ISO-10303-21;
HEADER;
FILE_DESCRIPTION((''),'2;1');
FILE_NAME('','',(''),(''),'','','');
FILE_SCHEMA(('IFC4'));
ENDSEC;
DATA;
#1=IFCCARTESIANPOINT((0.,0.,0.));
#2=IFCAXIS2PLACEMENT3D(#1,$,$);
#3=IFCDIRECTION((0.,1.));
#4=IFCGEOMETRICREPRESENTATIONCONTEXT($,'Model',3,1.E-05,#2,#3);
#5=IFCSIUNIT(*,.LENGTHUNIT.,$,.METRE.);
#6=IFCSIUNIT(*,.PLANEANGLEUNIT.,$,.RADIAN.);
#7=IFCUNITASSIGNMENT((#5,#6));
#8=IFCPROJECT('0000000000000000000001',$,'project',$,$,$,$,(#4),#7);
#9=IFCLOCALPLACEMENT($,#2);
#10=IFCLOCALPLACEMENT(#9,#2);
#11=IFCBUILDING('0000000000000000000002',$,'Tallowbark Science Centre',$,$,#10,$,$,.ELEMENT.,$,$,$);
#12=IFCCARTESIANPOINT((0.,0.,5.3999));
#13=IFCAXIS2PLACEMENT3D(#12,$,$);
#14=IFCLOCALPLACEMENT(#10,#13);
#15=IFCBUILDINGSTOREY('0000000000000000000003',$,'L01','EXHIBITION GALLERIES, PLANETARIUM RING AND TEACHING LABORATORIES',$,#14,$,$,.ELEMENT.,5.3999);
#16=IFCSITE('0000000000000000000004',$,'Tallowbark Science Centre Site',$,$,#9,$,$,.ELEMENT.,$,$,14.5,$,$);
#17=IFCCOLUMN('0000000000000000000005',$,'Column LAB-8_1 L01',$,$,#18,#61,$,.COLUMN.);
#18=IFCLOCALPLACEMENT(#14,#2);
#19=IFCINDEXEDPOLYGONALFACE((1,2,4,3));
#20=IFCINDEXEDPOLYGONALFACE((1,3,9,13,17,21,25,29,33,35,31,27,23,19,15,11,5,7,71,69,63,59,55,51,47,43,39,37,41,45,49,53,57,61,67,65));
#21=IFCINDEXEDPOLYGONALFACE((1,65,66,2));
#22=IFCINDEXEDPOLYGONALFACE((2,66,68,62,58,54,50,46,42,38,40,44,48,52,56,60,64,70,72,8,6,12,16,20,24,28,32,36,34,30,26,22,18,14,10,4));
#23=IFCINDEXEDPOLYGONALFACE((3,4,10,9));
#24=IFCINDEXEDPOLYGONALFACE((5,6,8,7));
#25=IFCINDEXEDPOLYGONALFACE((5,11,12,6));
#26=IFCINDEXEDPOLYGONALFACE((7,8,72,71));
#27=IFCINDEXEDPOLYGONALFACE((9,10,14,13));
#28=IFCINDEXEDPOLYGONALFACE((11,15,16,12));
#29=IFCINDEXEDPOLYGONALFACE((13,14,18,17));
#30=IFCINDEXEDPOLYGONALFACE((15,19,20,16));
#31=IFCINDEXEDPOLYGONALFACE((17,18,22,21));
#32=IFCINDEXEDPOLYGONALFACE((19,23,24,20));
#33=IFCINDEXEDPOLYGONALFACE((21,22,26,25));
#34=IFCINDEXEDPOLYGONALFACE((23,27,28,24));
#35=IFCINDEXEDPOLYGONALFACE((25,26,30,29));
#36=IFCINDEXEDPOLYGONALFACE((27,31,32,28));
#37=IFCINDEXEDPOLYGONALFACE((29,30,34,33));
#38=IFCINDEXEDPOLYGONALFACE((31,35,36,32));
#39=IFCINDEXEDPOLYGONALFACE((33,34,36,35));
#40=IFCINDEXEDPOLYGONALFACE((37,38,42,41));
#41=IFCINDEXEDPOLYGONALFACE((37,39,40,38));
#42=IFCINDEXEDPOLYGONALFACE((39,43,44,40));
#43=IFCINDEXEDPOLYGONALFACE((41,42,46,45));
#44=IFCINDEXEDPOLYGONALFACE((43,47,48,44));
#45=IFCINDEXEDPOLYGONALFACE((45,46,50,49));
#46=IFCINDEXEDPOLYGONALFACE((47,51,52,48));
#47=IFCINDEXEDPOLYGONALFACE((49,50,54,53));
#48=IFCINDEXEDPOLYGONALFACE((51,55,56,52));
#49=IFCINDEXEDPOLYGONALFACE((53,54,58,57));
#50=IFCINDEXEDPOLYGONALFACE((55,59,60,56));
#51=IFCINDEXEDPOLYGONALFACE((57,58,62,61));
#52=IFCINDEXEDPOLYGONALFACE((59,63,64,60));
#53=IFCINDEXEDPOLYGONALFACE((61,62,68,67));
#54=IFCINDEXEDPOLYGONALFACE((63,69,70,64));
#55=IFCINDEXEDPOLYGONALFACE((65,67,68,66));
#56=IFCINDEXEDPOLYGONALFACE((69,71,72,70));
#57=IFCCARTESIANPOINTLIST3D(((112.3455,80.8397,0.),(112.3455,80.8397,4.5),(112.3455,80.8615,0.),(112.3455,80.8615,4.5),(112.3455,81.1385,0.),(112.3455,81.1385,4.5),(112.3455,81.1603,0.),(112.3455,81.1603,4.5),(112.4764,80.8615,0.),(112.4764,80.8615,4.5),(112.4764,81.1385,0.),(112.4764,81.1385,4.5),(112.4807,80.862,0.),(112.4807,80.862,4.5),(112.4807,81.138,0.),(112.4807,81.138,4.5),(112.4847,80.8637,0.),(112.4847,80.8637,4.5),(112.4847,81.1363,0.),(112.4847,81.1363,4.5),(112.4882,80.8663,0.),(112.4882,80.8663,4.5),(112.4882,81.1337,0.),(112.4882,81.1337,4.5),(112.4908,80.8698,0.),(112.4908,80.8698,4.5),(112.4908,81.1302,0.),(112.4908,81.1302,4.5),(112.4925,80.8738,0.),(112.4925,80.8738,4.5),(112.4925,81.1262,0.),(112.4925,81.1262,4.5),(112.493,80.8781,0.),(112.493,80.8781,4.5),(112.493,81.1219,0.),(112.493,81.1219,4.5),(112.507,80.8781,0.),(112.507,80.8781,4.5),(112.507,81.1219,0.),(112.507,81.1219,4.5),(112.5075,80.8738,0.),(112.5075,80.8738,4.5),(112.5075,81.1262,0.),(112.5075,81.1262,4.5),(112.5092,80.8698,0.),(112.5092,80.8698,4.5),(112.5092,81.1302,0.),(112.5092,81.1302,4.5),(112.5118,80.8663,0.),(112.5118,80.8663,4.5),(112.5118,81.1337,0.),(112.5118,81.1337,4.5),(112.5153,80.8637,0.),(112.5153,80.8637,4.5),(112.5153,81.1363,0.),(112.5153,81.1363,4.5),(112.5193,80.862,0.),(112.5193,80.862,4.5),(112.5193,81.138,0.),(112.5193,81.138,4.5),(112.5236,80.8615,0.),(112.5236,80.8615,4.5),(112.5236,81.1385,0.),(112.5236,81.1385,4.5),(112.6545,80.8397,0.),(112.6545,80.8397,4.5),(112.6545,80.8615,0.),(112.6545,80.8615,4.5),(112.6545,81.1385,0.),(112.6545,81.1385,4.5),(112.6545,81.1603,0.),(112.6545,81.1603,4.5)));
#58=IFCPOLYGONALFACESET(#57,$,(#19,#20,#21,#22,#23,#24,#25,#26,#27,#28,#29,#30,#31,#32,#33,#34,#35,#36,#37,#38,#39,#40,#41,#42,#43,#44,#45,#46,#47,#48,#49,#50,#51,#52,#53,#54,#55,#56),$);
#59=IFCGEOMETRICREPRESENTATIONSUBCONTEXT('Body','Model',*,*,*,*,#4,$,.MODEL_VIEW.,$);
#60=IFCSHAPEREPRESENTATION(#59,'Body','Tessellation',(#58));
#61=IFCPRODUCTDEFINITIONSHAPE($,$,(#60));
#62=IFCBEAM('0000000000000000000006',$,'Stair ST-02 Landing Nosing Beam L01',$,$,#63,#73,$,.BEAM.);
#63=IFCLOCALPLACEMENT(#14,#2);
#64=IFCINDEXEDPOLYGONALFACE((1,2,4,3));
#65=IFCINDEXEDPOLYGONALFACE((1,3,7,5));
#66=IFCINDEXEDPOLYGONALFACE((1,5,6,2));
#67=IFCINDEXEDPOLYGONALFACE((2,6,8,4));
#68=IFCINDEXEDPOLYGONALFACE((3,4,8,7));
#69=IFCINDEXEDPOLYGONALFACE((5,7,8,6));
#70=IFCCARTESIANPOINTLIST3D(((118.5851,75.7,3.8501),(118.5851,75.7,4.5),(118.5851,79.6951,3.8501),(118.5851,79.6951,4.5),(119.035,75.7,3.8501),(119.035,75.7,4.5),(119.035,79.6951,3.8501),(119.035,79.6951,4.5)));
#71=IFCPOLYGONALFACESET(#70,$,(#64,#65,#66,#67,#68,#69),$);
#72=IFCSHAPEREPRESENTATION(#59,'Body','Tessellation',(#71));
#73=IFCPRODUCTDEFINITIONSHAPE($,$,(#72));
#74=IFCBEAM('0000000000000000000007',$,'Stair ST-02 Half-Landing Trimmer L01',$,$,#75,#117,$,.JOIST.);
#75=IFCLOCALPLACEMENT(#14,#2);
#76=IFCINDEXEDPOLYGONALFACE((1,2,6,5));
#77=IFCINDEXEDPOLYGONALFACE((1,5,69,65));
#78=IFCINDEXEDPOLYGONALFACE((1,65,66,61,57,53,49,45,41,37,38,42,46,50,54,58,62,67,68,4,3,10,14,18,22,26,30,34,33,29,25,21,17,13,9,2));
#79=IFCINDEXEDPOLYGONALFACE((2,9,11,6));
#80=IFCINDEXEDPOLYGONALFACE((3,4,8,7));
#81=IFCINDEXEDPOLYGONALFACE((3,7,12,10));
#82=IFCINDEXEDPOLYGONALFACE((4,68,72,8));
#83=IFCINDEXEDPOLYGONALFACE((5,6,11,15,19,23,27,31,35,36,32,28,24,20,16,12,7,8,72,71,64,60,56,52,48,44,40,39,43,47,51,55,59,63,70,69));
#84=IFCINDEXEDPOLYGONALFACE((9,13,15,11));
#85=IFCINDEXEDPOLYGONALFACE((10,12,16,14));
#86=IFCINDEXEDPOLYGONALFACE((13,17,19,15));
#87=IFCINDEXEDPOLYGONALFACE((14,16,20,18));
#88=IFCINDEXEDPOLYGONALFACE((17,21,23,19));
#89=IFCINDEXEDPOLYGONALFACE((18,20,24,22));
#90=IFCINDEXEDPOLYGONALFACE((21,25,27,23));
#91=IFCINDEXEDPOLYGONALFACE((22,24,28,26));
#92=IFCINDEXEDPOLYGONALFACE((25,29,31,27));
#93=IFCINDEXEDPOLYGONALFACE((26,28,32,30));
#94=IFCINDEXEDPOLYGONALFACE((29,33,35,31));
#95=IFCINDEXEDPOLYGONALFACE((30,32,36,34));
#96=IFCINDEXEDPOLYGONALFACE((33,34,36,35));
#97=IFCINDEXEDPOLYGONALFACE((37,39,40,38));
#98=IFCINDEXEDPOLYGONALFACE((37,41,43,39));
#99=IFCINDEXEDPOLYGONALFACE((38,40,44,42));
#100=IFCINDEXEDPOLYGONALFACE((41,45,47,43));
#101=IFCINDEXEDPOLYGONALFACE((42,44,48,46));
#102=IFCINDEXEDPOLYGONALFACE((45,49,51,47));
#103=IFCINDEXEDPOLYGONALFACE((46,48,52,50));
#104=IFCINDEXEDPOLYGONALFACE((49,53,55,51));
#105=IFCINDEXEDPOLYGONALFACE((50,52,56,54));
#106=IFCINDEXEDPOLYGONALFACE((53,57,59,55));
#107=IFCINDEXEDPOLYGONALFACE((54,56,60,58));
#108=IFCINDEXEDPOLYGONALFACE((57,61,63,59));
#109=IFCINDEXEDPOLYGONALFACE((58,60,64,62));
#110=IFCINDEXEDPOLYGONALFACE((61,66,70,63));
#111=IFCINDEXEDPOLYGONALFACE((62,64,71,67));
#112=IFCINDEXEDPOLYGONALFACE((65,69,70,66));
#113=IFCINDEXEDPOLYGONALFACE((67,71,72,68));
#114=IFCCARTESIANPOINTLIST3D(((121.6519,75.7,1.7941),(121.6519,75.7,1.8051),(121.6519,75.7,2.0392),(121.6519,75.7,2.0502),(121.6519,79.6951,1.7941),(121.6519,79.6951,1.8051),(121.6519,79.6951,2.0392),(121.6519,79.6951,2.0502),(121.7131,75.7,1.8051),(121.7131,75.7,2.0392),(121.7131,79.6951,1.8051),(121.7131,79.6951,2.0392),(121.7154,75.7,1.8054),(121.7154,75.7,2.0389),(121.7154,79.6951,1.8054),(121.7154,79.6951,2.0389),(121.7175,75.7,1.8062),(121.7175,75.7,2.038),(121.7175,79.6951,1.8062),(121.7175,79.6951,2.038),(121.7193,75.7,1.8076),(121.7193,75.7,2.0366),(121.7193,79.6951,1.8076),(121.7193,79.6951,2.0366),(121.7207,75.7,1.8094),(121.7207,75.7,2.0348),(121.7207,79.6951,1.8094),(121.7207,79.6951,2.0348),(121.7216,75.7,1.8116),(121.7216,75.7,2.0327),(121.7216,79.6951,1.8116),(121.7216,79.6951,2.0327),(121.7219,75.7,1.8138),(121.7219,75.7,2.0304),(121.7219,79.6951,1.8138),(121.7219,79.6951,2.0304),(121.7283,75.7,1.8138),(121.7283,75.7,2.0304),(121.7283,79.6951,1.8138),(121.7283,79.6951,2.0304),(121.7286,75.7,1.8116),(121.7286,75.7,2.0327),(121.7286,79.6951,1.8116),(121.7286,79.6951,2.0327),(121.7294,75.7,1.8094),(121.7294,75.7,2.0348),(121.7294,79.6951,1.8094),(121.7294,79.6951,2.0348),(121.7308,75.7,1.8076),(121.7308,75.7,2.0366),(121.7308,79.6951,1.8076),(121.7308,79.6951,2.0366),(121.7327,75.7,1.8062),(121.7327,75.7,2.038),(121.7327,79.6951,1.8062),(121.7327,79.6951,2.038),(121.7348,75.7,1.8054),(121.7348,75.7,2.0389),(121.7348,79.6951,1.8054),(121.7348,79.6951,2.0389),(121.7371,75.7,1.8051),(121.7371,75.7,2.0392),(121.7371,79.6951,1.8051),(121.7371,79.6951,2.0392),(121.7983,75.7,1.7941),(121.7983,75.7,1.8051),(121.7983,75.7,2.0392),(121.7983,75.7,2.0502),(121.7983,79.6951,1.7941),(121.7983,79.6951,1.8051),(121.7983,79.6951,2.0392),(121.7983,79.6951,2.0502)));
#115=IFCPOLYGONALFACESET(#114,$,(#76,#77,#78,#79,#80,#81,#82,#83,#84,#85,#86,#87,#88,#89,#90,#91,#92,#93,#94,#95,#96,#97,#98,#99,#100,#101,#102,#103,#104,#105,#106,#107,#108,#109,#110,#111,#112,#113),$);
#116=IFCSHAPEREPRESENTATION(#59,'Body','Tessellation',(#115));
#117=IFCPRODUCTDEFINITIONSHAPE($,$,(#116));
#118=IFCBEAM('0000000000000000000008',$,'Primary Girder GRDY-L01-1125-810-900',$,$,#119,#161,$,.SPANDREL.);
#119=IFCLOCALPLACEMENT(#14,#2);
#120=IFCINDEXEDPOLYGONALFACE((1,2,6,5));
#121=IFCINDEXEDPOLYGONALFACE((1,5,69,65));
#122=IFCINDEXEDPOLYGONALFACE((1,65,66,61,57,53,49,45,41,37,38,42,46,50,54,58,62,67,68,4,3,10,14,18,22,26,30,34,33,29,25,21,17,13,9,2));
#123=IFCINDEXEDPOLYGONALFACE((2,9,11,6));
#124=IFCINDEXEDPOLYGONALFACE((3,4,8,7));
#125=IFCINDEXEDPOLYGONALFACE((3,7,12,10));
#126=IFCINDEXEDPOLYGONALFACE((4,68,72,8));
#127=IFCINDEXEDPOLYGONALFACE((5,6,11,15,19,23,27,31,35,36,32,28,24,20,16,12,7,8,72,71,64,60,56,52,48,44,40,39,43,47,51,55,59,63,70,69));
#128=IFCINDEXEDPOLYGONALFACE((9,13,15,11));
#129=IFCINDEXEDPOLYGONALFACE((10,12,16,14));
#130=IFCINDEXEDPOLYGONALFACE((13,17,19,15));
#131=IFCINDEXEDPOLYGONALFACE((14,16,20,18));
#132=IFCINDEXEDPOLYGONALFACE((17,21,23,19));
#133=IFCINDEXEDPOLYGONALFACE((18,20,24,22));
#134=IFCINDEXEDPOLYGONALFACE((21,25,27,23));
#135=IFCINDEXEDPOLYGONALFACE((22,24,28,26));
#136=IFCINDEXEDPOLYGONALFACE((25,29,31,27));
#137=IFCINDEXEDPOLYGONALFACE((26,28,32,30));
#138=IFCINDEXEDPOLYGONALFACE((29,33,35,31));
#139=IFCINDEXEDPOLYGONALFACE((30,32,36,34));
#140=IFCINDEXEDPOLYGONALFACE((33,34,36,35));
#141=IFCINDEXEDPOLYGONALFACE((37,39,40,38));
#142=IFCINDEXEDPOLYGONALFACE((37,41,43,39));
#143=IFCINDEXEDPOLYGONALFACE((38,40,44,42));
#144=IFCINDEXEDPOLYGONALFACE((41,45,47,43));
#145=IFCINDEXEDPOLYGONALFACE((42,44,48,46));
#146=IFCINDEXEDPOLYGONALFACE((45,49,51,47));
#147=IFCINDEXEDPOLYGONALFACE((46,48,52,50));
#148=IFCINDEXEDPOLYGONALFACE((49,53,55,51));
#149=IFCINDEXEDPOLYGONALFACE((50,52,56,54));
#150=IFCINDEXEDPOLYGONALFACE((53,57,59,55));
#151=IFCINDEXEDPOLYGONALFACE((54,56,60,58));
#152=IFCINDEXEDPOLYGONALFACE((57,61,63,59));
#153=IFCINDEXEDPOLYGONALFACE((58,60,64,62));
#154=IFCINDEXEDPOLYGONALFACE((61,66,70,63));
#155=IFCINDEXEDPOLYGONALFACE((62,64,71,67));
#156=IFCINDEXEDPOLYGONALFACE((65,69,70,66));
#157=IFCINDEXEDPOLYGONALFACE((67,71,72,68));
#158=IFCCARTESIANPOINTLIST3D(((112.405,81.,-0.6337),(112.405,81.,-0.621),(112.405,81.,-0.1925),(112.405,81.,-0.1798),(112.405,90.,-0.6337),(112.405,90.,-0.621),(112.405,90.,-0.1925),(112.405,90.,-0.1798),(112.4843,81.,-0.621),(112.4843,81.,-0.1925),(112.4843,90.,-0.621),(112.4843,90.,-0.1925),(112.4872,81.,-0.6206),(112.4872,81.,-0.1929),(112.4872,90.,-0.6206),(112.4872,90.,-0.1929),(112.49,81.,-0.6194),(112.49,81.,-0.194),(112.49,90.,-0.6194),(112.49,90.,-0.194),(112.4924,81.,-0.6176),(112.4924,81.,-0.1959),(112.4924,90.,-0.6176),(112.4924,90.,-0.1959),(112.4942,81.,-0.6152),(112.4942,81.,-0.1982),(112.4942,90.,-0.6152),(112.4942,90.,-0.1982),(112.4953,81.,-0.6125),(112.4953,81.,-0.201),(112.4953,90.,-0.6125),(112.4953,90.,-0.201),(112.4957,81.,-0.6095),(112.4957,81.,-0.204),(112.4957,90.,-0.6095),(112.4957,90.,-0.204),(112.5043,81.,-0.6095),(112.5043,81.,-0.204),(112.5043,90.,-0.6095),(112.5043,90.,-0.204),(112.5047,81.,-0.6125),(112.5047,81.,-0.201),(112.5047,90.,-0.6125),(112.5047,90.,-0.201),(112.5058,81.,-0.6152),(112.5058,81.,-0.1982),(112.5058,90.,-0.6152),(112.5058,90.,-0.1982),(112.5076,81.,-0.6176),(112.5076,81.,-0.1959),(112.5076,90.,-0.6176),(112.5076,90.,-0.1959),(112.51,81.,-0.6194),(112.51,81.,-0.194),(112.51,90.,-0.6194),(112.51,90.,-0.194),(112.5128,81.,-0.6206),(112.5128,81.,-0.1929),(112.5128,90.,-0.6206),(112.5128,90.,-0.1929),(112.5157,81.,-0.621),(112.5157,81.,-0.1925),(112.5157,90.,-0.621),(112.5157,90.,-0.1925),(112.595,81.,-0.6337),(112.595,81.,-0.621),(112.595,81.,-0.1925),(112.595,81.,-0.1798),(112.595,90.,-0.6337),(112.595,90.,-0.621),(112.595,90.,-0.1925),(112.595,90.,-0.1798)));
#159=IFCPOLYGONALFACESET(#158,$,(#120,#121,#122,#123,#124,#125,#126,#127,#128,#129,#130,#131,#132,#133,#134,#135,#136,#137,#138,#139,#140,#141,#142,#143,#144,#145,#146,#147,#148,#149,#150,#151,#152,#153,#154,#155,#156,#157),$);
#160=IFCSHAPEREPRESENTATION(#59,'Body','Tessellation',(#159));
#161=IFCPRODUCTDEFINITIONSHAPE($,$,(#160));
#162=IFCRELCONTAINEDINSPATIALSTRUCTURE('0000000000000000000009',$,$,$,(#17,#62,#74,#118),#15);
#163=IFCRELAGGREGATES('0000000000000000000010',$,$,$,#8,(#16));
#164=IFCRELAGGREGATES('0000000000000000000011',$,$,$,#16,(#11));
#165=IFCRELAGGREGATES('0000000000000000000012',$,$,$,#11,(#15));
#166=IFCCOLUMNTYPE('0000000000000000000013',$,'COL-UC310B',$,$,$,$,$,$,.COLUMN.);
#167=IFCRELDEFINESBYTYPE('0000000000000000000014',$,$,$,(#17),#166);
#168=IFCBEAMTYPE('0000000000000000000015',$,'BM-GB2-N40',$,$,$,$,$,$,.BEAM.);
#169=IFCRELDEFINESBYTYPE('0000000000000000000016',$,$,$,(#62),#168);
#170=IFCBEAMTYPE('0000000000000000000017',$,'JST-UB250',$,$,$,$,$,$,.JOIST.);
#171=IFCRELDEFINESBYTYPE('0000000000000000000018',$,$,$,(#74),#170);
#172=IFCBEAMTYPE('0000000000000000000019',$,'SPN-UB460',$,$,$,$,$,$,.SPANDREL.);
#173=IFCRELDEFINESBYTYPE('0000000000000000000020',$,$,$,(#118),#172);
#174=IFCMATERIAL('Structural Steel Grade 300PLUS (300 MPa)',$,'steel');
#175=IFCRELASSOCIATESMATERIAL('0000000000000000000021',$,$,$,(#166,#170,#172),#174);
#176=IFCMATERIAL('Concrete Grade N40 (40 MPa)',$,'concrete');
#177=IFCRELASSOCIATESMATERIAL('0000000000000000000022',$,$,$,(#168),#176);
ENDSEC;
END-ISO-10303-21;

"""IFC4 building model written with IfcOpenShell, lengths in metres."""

from ifc_helpers import new_model, si_unit, direction, frame, origin, origin_2d, place, context, subcontext, project, spatial, rectangle, i_section, extrude, material, material_profile, profile_set, type_object, element, save


model = new_model("IFC4")

# Units and contexts
model_context = context("Model", 3, precision=1e-05, world=origin(), true_north=direction((0.0, 1.0)))
body_context = subcontext(model_context, "Body", "Model", "MODEL_VIEW")
ifc_project = project(units=[si_unit("LENGTHUNIT", "METRE"), si_unit("PLANEANGLEUNIT", "RADIAN")], contexts=[model_context])

# Site, building, storey
site_placement = place(None, origin())
site = spatial("IfcSite", under=ifc_project, at=site_placement, Name="Tallowbark Science Centre Site", CompositionType="ELEMENT", RefElevation=14.5)
building_placement = place(site_placement, origin())
building = spatial("IfcBuilding", under=site, at=building_placement, Name="Tallowbark Science Centre", CompositionType="ELEMENT")
storey_placement = place(building_placement, frame((0.0, 0.0, 5.3999)))
storey = spatial("IfcBuildingStorey", under=building, at=storey_placement, Name="L01", Description="EXHIBITION GALLERIES, PLANETARIUM RING AND TEACHING LABORATORIES", CompositionType="ELEMENT", Elevation=5.3999)

# Column
ifc_material_1 = material(Name="Structural Steel Grade 300PLUS (300 MPa)", Category="steel")
ifc_material_profile_1 = material_profile(ifc_material_1, i_section(OverallWidth=0.3091, OverallDepth=0.3206, WebThickness=0.0139, FlangeThickness=0.0217, FilletRadius=0.0166, at=origin_2d()), Name="310UC137")
ifc_profile_set_1 = profile_set([ifc_material_profile_1], Name="Structural Steel Grade 300PLUS (300 MPa)")
column_type = type_object("IfcColumnType", Name="COL-UC310B", PredefinedType="COLUMN", material=ifc_profile_set_1)
column_placement = place(storey_placement, frame((112.5, 81.0, 0.0), z_axis=(0.0, 0.0, 1.0), x_axis=(1.0, 0.0, 0.0)))
element("IfcColumn", 1, at=column_placement, inside=storey, type_object=column_type, Name="Column LAB-8_1 L01", PredefinedType="COLUMN", context=body_context, shape_type="SweptSolid", body=[
    extrude(i_section(OverallWidth=0.3091, OverallDepth=0.3206, WebThickness=0.0139, FlangeThickness=0.0217, FilletRadius=0.0166, at=origin_2d()), origin(), (0.0, 0.0, 1.0), 4.5),
])

# Beams
ifc_material_2 = material(Name="Concrete Grade N40 (40 MPa)", Category="concrete")
ifc_material_profile_2 = material_profile(ifc_material_2, rectangle(XDim=0.45, YDim=0.6499, at=origin_2d()), Name="RC450x650")
ifc_profile_set_2 = profile_set([ifc_material_profile_2], Name="Concrete Grade N40 (40 MPa)")
beam_type_1 = type_object("IfcBeamType", Name="BM-GB2-N40", PredefinedType="BEAM", material=ifc_profile_set_2)
beam_1_placement = place(storey_placement, frame((118.8101, 75.7, 4.175), z_axis=(0.0, 1.0, 0.0), x_axis=(-1.0, 0.0, 0.0)))
element("IfcBeam", 2, at=beam_1_placement, inside=storey, type_object=beam_type_1, Name="Stair ST-02 Landing Nosing Beam L01", PredefinedType="BEAM", context=body_context, shape_type="SweptSolid", body=[
    extrude(rectangle(XDim=0.45, YDim=0.6499, at=origin_2d()), origin(), (0.0, 0.0, 1.0), 3.9951),
])
ifc_material_profile_3 = material_profile(ifc_material_1, i_section(OverallWidth=0.1465, OverallDepth=0.2561, WebThickness=0.0063, FlangeThickness=0.011, FilletRadius=0.0088, at=origin_2d()), Name="250UB37.3")
ifc_profile_set_3 = profile_set([ifc_material_profile_3], Name="Structural Steel Grade 300PLUS (300 MPa)")
beam_type_2 = type_object("IfcBeamType", Name="JST-UB250", PredefinedType="JOIST", material=ifc_profile_set_3)
beam_2_placement = place(storey_placement, frame((121.7251, 75.7, 1.9221), z_axis=(0.0, 1.0, 0.0), x_axis=(-1.0, 0.0, 0.0)))
element("IfcBeam", 3, at=beam_2_placement, inside=storey, type_object=beam_type_2, Name="Stair ST-02 Half-Landing Trimmer L01", PredefinedType="JOIST", context=body_context, shape_type="SweptSolid", body=[
    extrude(i_section(OverallWidth=0.1465, OverallDepth=0.2561, WebThickness=0.0063, FlangeThickness=0.011, FilletRadius=0.0088, at=origin_2d()), origin(), (0.0, 0.0, 1.0), 3.9951),
])
ifc_material_profile_4 = material_profile(ifc_material_1, i_section(OverallWidth=0.1899, OverallDepth=0.4539, WebThickness=0.0085, FlangeThickness=0.0127, FilletRadius=0.0115, at=origin_2d()), Name="460UB67.1")
ifc_profile_set_4 = profile_set([ifc_material_profile_4], Name="Structural Steel Grade 300PLUS (300 MPa)")
beam_type_3 = type_object("IfcBeamType", Name="SPN-UB460", PredefinedType="SPANDREL", material=ifc_profile_set_4)
beam_3_placement = place(storey_placement, frame((112.5, 81.0, -0.4067), z_axis=(0.0, 1.0, 0.0), x_axis=(-1.0, 0.0, 0.0)))
element("IfcBeam", 4, at=beam_3_placement, inside=storey, type_object=beam_type_3, Name="Primary Girder GRDY-L01-1125-810-900", PredefinedType="SPANDREL", context=body_context, shape_type="SweptSolid", body=[
    extrude(i_section(OverallWidth=0.1899, OverallDepth=0.4539, WebThickness=0.0085, FlangeThickness=0.0127, FilletRadius=0.0115, at=origin_2d()), origin(), (0.0, 0.0, 1.0), 9.0),
])

save(model, "model.ifc")
